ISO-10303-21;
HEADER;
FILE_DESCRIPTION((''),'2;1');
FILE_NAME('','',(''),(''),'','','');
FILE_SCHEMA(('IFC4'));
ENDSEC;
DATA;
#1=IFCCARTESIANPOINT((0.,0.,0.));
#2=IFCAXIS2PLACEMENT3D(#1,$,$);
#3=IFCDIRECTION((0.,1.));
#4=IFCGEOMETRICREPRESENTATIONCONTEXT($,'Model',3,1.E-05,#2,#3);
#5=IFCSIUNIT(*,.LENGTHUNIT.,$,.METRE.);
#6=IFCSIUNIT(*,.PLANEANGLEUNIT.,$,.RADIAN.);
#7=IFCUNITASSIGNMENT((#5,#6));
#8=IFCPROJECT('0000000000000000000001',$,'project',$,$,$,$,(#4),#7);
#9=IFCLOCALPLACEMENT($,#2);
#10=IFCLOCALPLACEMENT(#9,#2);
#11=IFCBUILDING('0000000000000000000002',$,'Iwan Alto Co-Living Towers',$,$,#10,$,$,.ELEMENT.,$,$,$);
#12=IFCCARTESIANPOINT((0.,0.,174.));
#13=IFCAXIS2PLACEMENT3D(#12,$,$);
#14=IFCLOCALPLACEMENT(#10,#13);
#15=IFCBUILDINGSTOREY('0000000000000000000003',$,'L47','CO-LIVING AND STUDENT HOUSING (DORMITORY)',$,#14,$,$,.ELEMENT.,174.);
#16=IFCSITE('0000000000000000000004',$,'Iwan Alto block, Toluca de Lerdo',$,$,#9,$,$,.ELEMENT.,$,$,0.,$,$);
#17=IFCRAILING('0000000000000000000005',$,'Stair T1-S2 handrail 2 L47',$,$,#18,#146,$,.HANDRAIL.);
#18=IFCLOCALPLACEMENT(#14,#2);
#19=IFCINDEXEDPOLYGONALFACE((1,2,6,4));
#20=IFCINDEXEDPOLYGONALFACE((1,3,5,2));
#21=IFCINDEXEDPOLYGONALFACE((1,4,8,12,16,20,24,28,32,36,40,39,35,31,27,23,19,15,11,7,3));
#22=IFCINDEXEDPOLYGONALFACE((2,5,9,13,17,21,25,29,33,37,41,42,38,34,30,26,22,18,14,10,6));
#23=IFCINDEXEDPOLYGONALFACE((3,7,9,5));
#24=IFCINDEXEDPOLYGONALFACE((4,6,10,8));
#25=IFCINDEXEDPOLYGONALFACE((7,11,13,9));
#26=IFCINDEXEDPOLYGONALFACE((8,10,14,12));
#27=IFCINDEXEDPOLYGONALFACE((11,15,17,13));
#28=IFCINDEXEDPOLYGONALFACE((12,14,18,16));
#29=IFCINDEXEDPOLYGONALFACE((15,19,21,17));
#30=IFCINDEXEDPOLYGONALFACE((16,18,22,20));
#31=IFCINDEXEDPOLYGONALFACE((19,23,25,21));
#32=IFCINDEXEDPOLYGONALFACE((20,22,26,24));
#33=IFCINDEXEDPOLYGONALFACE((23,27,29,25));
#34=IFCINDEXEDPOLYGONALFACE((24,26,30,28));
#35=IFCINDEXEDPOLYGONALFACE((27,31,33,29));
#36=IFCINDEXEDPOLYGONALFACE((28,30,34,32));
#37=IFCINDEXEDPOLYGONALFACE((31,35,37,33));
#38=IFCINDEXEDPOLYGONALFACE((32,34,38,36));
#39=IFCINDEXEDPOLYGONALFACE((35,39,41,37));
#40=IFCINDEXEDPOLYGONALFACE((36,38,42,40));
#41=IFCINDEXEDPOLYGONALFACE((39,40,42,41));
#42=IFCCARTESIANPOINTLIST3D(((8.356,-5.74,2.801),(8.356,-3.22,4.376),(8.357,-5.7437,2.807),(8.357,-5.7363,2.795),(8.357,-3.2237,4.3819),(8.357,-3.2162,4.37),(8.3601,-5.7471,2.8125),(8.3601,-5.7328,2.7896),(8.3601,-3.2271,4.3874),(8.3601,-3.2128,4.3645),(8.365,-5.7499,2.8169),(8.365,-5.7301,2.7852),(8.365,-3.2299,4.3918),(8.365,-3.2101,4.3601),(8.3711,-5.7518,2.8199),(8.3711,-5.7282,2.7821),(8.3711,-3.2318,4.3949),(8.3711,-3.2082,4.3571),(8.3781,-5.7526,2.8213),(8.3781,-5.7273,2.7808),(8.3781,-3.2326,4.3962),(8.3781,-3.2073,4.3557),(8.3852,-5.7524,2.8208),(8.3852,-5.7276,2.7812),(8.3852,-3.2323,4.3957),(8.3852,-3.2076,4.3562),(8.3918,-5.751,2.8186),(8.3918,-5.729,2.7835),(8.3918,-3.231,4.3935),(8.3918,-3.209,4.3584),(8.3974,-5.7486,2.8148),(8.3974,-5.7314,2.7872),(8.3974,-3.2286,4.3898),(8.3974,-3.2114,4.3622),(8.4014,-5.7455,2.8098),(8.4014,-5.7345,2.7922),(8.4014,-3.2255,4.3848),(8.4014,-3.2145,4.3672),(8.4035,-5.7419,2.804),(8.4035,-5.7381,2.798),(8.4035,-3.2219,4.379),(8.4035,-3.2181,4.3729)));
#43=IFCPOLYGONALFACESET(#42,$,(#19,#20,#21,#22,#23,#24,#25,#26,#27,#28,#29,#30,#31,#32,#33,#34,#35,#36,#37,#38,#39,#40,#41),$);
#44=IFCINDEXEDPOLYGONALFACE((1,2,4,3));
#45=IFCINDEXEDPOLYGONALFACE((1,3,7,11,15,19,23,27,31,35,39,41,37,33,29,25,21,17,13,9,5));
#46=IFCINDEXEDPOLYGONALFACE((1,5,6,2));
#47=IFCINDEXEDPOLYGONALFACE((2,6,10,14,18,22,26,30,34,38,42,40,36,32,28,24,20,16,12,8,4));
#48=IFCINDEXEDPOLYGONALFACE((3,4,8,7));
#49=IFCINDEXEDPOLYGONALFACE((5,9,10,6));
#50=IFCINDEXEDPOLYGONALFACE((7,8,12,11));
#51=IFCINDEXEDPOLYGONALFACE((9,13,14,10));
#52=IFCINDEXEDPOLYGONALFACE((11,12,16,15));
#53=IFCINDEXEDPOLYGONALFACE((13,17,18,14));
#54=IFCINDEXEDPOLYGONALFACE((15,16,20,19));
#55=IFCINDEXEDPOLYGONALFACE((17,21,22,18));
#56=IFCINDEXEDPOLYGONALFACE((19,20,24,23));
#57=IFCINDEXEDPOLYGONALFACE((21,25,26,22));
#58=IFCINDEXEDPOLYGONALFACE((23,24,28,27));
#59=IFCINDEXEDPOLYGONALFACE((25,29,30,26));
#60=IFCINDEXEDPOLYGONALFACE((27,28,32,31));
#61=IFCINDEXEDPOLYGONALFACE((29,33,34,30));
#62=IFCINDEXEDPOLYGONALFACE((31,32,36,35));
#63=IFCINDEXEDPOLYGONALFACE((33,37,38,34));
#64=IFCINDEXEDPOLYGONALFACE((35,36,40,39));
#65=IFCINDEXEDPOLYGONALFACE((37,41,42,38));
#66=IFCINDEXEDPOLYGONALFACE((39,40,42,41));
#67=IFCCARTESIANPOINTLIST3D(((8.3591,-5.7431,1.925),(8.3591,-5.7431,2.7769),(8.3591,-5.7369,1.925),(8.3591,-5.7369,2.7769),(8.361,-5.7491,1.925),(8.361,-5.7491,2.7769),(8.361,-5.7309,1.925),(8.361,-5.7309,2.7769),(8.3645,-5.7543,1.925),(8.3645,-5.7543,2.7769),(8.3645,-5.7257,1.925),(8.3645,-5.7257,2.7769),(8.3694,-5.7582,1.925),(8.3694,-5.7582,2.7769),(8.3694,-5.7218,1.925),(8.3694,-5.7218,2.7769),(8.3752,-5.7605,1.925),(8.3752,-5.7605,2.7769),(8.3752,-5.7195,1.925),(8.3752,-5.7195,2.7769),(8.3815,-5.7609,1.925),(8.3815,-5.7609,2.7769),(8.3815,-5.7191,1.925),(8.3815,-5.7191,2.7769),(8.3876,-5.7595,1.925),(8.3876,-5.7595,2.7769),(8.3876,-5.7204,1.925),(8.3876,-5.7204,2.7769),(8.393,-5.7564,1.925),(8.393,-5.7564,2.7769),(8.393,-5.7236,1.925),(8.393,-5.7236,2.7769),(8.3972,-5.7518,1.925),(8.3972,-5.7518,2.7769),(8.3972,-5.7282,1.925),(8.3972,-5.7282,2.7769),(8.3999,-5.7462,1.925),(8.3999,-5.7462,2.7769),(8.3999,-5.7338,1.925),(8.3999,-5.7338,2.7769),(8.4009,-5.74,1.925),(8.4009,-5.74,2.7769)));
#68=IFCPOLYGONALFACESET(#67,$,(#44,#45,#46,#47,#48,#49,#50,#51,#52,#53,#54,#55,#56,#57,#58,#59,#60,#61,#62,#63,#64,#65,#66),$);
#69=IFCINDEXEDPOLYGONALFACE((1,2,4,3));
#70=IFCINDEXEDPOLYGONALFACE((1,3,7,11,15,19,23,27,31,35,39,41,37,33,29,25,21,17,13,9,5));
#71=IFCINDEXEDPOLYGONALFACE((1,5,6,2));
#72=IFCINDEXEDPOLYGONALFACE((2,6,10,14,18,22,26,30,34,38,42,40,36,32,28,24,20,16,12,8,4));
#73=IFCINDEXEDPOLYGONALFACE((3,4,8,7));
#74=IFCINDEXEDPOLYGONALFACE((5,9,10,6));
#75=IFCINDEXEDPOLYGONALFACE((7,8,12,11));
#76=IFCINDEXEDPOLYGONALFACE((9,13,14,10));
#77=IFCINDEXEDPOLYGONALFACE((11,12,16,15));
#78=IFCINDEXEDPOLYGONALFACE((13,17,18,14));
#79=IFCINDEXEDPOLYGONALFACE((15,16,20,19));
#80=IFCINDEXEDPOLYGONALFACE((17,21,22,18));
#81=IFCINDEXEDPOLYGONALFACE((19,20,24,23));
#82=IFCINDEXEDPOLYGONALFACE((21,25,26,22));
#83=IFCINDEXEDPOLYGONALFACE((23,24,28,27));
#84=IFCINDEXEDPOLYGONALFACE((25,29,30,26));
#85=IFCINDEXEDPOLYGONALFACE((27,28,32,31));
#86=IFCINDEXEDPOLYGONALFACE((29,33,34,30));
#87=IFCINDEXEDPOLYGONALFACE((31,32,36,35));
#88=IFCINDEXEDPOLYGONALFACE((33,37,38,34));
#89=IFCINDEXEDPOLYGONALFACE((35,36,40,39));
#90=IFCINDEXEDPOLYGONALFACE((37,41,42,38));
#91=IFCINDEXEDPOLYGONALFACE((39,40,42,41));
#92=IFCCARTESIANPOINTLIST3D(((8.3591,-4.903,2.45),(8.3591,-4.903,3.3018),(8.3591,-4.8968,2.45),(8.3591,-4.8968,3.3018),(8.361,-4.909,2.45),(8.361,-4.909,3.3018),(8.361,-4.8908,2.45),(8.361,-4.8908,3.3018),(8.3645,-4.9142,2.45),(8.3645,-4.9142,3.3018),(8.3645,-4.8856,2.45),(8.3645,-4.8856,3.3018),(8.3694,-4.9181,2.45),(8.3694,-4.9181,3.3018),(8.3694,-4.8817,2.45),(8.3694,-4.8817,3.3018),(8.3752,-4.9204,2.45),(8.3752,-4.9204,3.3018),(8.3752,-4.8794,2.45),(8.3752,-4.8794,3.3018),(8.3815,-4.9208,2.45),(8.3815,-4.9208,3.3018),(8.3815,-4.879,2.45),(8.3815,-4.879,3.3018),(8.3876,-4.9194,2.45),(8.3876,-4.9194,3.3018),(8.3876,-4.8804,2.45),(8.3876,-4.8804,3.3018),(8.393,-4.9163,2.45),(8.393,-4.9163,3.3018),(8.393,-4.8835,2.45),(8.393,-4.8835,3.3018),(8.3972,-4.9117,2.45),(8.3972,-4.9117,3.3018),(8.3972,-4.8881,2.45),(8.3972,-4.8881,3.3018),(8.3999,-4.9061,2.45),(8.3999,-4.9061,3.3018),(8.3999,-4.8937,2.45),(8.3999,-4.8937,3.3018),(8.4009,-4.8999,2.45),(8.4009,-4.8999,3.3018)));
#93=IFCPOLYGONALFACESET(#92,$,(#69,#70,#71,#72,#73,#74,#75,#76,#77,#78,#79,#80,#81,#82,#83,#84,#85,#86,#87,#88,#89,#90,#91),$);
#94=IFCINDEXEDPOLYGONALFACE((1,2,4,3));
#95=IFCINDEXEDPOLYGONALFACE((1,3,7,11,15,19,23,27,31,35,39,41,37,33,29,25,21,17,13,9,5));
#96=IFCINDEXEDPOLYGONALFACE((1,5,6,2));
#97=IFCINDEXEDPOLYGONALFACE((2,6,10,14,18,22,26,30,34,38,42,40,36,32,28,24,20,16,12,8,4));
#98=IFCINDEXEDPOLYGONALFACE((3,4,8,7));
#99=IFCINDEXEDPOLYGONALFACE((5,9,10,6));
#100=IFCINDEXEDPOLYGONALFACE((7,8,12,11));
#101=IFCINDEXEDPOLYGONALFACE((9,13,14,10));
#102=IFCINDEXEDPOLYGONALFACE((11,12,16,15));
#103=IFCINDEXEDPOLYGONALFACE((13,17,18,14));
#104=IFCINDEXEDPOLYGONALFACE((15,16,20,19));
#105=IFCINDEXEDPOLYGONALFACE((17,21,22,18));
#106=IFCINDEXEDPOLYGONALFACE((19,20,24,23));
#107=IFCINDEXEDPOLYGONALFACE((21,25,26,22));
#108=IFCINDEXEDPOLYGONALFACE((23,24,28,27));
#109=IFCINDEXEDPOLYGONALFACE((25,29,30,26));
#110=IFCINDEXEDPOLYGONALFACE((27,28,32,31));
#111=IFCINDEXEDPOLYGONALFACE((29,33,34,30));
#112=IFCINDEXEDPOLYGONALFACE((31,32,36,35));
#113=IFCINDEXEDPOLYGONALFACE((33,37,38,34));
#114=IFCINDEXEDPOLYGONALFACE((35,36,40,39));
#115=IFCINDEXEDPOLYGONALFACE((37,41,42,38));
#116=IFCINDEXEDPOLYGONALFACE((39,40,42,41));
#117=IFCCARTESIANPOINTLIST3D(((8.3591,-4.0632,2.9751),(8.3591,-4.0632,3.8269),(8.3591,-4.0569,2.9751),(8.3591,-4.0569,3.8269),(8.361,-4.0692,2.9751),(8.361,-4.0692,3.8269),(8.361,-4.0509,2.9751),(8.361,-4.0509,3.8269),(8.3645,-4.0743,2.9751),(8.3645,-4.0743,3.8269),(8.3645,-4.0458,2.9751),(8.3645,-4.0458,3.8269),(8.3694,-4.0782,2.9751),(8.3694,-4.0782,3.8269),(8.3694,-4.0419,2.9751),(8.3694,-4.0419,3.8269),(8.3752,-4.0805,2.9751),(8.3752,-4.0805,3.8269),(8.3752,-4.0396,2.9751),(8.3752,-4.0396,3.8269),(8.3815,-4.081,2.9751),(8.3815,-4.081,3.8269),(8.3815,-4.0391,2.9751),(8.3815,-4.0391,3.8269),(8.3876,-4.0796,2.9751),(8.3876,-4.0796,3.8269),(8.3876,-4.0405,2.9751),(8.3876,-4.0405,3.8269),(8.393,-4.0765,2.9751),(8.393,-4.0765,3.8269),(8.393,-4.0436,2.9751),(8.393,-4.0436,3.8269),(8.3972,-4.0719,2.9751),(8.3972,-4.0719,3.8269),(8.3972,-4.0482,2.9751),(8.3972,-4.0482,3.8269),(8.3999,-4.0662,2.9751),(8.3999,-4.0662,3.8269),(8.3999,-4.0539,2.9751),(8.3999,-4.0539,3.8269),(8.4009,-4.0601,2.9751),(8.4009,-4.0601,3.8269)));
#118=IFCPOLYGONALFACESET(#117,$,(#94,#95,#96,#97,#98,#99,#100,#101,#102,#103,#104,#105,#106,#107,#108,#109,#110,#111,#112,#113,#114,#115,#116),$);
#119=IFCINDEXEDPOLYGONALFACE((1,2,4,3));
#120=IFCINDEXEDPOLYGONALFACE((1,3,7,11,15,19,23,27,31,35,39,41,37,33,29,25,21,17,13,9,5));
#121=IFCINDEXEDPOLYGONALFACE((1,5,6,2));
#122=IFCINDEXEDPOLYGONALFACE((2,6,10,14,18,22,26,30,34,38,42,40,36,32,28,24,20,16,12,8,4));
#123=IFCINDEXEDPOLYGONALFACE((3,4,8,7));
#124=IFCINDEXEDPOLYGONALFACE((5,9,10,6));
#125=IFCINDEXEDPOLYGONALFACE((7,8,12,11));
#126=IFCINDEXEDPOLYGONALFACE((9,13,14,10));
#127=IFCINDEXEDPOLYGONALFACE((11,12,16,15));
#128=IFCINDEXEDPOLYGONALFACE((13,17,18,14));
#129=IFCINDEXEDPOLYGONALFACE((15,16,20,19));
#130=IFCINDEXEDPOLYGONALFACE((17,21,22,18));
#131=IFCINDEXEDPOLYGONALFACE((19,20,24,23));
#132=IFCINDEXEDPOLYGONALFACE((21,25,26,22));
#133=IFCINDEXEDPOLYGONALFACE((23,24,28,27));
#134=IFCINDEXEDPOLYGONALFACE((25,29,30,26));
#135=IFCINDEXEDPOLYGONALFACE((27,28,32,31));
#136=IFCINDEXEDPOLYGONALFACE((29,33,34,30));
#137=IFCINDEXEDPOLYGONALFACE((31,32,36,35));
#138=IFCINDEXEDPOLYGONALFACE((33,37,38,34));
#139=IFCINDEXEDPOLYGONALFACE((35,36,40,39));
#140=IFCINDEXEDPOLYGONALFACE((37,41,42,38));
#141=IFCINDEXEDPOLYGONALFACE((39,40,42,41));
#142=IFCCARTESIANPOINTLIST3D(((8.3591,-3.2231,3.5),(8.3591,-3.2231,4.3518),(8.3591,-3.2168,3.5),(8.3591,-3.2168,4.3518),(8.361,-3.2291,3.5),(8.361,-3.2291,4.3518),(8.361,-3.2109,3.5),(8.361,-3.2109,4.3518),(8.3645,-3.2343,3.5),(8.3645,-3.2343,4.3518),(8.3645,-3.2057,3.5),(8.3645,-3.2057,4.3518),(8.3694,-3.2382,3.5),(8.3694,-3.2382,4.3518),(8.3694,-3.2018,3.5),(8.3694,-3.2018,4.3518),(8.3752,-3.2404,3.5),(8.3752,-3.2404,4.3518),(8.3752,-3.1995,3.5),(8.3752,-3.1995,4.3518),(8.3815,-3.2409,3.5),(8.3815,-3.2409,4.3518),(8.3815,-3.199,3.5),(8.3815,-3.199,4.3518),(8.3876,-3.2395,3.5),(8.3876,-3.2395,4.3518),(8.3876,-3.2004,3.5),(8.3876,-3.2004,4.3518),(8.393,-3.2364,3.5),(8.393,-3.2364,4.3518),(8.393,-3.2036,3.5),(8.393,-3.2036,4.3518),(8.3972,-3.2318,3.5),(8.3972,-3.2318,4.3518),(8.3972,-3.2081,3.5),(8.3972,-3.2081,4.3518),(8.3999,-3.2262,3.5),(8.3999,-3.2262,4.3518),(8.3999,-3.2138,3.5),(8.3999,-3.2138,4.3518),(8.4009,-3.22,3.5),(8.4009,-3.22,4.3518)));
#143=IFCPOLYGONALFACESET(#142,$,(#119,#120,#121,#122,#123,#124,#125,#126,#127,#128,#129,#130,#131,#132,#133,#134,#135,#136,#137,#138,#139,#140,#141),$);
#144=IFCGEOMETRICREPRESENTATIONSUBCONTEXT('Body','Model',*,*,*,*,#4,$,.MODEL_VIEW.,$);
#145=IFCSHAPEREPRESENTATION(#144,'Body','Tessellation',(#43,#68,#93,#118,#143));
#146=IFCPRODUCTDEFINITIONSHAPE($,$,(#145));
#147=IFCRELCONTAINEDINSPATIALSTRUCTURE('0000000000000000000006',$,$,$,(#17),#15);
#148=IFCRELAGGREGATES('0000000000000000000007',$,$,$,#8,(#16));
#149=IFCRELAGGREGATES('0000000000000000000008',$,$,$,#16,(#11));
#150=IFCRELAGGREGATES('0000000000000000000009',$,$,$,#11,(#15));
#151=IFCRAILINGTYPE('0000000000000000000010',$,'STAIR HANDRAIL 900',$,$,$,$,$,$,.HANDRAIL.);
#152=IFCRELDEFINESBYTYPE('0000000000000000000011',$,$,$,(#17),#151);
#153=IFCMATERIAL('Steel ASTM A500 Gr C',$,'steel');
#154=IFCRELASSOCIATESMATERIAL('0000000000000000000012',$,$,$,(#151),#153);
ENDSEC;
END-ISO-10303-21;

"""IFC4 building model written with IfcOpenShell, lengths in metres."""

from ifc_helpers import new_model, si_unit, direction, frame, origin, origin_2d, place, context, subcontext, project, spatial, circle, extrude, material, type_object, element, save


model = new_model("IFC4")

# Units and contexts
model_context = context("Model", 3, precision=1e-05, world=origin(), true_north=direction((0.0, 1.0)))
body_context = subcontext(model_context, "Body", "Model", "MODEL_VIEW")
ifc_project = project(units=[si_unit("LENGTHUNIT", "METRE"), si_unit("PLANEANGLEUNIT", "RADIAN")], contexts=[model_context])

# Site, building, storey
site_placement = place(None, origin())
site = spatial("IfcSite", under=ifc_project, at=site_placement, Name="Iwan Alto block, Toluca de Lerdo", CompositionType="ELEMENT", RefElevation=0.0)
building_placement = place(site_placement, origin())
building = spatial("IfcBuilding", under=site, at=building_placement, Name="Iwan Alto Co-Living Towers", CompositionType="ELEMENT")
storey_placement = place(building_placement, frame((0.0, 0.0, 174.0)))
storey = spatial("IfcBuildingStorey", under=building, at=storey_placement, Name="L47", Description="CO-LIVING AND STUDENT HOUSING (DORMITORY)", CompositionType="ELEMENT", Elevation=174.0)

# Railing
ifc_material_1 = material(Name="Steel ASTM A500 Gr C", Category="steel")
railing_type_1 = type_object("IfcRailingType", Name="STAIR HANDRAIL 900", PredefinedType="HANDRAIL", material=ifc_material_1)
railing_1_placement = place(storey_placement, frame((8.3799, -5.74, 1.925)))
element("IfcRailing", 1, at=railing_1_placement, inside=storey, type_object=railing_type_1, Name="Stair T1-S2 handrail 2 L47", PredefinedType="HANDRAIL", context=body_context, shape_type="SweptSolid", body=[
    extrude(circle(Radius=0.0239, at=origin_2d()), frame((0.0, 0.0, 0.876), z_axis=(0.0, 0.848008, 0.529984), x_axis=(-1.0, 0.0, 0.0)), (0.0, 0.0, 1.0), 2.9717),
    extrude(circle(Radius=0.021, at=origin_2d()), origin(), (0.0, 0.0, 1.0), 0.8518),
    extrude(circle(Radius=0.021, at=origin_2d()), frame((0.0, 0.8401, 0.5249)), (0.0, 0.0, 1.0), 0.8518),
    extrude(circle(Radius=0.021, at=origin_2d()), frame((0.0, 1.6799, 1.05)), (0.0, 0.0, 1.0), 0.8518),
    extrude(circle(Radius=0.021, at=origin_2d()), frame((0.0, 2.52, 1.575)), (0.0, 0.0, 1.0), 0.8518),
])

save(model, "model.ifc")
